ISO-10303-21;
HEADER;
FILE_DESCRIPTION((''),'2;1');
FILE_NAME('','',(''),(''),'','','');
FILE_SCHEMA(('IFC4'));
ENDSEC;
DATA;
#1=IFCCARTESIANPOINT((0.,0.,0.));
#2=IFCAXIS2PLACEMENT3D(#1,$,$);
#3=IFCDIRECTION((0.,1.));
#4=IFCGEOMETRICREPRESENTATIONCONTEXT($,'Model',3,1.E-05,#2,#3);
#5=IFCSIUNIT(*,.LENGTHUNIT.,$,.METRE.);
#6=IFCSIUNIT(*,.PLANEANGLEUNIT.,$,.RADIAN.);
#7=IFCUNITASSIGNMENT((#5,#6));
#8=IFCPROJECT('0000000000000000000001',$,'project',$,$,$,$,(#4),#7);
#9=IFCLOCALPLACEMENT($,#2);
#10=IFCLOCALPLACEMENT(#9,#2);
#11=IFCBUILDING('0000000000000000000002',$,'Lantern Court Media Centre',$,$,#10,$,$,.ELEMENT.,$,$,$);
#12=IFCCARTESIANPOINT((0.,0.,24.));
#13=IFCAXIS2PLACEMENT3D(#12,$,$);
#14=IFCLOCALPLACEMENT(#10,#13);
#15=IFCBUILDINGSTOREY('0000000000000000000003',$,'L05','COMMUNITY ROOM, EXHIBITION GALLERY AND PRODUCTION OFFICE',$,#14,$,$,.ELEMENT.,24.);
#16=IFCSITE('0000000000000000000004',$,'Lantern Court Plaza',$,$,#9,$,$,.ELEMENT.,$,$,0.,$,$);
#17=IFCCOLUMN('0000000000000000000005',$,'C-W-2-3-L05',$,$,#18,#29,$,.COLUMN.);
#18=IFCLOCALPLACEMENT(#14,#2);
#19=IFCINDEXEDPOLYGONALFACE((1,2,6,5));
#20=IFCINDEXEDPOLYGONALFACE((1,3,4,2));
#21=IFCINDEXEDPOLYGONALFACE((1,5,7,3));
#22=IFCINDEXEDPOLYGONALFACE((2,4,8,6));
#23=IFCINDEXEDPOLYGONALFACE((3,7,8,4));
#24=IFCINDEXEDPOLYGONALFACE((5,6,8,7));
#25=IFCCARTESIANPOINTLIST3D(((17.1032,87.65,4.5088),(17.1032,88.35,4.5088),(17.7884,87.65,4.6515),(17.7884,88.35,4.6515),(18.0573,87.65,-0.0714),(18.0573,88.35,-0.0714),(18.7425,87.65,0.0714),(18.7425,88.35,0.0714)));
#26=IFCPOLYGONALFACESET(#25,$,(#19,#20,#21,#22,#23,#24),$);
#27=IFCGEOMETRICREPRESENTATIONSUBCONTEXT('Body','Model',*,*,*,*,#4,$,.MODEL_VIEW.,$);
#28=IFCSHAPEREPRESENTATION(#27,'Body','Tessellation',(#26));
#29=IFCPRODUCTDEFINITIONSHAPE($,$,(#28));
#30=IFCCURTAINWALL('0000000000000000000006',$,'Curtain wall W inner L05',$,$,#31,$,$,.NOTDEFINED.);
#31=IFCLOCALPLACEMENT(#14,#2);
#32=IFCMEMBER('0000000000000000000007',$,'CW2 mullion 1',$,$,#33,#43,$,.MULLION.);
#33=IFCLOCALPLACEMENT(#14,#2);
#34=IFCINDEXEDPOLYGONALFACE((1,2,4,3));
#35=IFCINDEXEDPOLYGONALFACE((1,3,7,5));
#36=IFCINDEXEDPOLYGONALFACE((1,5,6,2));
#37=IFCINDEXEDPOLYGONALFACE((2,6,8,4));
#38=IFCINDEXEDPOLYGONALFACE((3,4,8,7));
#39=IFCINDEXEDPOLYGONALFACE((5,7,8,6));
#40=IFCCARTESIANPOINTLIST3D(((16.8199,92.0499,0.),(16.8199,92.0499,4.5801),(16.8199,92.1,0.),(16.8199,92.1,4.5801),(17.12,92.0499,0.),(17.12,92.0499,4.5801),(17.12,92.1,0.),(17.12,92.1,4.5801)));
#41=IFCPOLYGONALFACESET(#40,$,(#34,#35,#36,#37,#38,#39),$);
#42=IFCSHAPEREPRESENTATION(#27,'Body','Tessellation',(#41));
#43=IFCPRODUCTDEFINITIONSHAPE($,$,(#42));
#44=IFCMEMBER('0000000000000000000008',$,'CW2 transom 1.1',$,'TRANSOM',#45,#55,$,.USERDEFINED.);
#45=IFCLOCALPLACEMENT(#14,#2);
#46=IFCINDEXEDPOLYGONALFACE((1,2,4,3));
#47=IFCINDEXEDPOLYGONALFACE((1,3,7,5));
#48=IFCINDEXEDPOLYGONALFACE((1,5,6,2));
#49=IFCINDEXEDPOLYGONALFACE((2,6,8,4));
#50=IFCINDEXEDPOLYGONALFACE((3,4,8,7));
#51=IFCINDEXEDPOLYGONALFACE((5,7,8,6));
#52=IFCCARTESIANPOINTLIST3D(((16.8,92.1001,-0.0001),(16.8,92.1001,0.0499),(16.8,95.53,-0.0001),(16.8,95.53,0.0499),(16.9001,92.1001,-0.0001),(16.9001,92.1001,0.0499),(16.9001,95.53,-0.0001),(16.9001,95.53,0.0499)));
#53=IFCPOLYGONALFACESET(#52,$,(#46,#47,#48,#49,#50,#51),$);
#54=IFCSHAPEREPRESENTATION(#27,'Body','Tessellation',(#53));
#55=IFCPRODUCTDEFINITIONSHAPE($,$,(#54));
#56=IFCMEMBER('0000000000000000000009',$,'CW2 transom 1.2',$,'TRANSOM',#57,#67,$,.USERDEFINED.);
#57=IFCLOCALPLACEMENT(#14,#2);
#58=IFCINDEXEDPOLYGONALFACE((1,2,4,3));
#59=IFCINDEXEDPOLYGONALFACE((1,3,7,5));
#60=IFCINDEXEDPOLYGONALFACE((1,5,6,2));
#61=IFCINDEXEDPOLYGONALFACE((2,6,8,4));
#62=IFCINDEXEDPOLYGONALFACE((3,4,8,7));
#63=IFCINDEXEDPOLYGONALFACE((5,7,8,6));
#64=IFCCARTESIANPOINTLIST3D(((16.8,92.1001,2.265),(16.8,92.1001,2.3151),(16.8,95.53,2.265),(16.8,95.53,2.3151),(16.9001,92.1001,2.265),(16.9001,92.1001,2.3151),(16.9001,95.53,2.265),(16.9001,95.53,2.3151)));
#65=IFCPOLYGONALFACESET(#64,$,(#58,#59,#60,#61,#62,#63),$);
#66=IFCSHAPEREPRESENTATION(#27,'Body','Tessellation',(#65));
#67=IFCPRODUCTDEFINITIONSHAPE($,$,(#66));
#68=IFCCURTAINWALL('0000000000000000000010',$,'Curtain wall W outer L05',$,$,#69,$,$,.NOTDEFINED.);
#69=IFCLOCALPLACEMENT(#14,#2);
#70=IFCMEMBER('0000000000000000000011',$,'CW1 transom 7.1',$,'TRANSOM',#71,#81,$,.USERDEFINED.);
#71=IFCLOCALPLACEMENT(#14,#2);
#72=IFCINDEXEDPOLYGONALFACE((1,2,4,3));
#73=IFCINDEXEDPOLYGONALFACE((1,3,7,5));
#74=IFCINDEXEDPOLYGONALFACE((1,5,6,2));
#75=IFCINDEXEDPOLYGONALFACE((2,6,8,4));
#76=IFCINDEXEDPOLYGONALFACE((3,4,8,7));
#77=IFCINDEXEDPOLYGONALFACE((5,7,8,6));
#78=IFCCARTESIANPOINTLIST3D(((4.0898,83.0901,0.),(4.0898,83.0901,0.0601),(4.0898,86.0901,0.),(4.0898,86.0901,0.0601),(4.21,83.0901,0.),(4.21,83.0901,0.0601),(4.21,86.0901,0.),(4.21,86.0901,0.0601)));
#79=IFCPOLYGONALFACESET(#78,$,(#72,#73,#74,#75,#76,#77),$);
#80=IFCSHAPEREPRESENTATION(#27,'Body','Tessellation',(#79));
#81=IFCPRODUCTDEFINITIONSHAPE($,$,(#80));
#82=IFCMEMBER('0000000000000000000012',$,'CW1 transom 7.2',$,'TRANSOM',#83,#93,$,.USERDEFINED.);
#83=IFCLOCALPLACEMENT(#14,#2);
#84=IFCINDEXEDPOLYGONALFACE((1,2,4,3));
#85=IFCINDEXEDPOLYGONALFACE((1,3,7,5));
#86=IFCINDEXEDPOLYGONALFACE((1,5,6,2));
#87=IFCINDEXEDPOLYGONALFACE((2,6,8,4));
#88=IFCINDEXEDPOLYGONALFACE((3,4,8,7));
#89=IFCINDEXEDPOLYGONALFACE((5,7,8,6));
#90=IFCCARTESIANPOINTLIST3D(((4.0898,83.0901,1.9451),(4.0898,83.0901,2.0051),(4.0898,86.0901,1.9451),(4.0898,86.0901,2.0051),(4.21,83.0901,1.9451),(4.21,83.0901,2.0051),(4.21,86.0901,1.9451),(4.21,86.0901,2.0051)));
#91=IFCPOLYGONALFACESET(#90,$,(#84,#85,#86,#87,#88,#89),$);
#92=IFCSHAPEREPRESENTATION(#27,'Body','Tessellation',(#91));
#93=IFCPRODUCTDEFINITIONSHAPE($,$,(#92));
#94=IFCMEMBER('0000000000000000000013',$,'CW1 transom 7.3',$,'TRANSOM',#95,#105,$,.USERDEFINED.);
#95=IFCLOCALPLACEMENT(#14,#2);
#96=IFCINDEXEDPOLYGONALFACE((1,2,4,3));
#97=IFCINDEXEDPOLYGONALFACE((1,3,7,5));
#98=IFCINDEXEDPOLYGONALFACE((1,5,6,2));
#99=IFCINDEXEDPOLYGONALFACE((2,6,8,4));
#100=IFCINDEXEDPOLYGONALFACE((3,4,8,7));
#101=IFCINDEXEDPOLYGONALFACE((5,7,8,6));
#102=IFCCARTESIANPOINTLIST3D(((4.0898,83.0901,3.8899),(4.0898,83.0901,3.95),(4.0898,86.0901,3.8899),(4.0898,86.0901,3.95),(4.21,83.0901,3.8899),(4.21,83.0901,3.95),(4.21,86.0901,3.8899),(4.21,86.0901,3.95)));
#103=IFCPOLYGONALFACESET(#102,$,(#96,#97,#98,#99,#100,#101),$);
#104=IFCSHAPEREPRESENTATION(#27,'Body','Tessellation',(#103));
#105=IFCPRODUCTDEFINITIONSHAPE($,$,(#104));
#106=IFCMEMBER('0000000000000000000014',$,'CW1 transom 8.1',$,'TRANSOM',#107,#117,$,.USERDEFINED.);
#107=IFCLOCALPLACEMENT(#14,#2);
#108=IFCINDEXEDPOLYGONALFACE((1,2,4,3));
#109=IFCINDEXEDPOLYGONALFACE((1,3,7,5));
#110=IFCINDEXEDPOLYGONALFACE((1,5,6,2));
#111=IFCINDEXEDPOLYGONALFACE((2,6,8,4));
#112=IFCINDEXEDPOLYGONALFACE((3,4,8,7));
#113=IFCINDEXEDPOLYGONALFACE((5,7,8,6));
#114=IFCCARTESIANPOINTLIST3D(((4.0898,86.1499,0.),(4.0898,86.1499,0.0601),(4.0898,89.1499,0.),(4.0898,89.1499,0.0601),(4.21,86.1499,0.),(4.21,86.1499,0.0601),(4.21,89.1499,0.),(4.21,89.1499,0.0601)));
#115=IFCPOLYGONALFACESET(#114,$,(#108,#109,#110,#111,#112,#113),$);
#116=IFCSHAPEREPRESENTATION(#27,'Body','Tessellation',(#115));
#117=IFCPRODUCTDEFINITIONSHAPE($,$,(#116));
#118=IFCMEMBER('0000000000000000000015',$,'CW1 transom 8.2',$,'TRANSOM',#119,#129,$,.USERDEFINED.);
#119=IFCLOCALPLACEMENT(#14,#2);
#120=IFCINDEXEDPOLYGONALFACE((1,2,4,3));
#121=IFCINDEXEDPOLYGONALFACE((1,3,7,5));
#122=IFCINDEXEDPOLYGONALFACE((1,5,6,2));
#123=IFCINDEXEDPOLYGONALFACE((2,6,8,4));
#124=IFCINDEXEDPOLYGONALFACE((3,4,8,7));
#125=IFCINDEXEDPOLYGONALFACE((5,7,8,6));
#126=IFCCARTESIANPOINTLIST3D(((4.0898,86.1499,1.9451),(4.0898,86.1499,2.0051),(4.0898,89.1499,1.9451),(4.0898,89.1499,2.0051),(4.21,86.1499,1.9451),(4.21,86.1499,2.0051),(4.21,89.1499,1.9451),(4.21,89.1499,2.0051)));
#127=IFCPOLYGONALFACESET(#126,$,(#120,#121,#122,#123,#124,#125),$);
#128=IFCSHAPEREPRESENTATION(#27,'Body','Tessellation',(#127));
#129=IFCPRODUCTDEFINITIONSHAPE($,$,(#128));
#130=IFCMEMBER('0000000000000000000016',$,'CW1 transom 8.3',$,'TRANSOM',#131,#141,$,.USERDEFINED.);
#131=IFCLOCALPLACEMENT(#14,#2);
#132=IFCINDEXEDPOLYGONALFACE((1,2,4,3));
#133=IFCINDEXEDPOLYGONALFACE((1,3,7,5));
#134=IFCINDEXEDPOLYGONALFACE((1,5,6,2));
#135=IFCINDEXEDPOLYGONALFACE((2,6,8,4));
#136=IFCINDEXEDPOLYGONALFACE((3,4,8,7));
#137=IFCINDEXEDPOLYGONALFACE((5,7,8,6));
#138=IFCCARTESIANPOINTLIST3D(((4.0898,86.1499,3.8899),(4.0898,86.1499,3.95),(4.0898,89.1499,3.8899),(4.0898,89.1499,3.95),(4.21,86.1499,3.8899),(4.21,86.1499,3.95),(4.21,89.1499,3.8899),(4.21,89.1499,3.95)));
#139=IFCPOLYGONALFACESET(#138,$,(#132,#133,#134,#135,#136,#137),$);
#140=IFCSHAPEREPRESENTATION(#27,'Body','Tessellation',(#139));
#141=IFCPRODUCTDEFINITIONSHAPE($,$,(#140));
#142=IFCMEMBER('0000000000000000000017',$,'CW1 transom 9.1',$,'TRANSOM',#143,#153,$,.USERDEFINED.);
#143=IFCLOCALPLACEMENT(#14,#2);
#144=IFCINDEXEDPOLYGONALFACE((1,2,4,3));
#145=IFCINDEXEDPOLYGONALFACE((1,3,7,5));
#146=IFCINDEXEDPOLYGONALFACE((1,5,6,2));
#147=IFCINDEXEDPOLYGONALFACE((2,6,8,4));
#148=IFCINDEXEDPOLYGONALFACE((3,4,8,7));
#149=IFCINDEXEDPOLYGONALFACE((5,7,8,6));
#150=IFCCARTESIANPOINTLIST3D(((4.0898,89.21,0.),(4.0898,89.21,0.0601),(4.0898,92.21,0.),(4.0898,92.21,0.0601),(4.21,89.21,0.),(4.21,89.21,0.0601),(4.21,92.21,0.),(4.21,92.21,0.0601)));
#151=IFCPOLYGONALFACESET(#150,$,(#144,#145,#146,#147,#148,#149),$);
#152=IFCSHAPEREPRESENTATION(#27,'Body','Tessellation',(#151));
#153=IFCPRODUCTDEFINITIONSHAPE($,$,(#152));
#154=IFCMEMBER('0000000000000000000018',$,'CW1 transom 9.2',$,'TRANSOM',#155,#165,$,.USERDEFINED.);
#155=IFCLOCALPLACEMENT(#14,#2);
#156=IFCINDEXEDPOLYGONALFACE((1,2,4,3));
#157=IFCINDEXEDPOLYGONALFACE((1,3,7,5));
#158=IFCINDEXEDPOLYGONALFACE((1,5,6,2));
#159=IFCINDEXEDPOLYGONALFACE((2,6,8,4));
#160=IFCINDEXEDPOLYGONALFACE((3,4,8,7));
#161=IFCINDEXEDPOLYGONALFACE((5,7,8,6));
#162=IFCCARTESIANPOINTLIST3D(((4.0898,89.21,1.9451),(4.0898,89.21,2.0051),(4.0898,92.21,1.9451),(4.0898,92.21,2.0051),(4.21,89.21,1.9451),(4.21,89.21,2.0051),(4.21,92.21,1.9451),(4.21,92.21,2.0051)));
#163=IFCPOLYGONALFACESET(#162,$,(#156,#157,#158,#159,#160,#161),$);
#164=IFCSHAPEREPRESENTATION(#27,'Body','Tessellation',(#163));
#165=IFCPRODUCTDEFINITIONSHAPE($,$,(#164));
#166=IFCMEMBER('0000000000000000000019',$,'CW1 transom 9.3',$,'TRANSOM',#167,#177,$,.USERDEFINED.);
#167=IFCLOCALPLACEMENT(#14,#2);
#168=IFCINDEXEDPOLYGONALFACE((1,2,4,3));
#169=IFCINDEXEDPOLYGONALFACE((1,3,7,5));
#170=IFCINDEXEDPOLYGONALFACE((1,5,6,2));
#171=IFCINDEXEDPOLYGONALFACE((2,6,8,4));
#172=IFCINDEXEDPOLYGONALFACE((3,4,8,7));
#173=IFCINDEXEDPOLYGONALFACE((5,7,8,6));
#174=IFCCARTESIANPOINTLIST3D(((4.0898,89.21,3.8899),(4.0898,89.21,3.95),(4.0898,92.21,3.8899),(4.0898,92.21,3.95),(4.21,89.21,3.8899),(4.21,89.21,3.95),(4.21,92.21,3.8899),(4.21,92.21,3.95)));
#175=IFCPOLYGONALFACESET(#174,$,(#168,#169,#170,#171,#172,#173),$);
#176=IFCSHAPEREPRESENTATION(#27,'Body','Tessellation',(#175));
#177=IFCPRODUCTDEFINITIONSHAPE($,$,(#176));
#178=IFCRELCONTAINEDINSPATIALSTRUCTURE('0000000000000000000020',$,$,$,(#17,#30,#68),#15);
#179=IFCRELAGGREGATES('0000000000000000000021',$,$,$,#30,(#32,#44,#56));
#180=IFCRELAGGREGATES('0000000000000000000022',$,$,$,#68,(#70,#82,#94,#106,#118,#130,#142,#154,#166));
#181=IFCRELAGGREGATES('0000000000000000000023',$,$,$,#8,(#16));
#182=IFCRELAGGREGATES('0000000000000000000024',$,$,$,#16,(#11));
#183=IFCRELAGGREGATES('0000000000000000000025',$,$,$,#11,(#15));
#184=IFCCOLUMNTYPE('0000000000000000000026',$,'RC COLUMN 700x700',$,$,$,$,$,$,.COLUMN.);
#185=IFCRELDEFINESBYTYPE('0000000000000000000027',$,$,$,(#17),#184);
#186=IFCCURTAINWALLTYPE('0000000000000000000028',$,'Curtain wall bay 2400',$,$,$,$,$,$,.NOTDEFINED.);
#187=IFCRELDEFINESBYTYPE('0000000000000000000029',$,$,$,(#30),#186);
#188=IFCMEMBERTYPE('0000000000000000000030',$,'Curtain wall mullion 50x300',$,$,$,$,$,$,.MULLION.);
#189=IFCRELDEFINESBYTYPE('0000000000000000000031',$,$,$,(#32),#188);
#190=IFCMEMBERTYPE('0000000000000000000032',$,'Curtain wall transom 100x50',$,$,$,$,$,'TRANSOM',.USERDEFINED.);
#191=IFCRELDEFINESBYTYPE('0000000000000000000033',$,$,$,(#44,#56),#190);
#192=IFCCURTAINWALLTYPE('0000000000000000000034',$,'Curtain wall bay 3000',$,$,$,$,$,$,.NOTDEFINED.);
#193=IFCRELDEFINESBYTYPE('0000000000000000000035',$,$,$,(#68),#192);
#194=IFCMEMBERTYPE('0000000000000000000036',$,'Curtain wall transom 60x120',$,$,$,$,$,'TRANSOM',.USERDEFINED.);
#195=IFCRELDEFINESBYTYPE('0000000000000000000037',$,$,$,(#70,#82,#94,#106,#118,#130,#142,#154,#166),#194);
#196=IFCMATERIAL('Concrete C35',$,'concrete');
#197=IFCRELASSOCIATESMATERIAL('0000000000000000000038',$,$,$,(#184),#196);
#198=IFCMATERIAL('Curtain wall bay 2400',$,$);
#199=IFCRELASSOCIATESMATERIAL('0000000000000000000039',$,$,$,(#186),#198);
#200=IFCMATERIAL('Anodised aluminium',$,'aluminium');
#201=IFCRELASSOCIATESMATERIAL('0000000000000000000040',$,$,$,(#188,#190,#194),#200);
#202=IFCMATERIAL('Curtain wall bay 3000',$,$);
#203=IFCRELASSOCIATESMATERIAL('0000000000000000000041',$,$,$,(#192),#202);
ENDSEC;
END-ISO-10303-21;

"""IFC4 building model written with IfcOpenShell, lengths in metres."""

from ifc_helpers import new_model, si_unit, direction, frame, origin, origin_2d, place, context, subcontext, project, spatial, rectangle, extrude, material, material_profile, profile_set, type_object, element, aggregate, save


model = new_model("IFC4")

# Units and contexts
model_context = context("Model", 3, precision=1e-05, world=origin(), true_north=direction((0.0, 1.0)))
body_context = subcontext(model_context, "Body", "Model", "MODEL_VIEW")
ifc_project = project(units=[si_unit("LENGTHUNIT", "METRE"), si_unit("PLANEANGLEUNIT", "RADIAN")], contexts=[model_context])

# Site, building, storey
site_placement = place(None, origin())
site = spatial("IfcSite", under=ifc_project, at=site_placement, Name="Lantern Court Plaza", CompositionType="ELEMENT", RefElevation=0.0)
building_placement = place(site_placement, origin())
building = spatial("IfcBuilding", under=site, at=building_placement, Name="Lantern Court Media Centre", CompositionType="ELEMENT")
storey_placement = place(building_placement, frame((0.0, 0.0, 24.0)))
storey = spatial("IfcBuildingStorey", under=building, at=storey_placement, Name="L05", Description="COMMUNITY ROOM, EXHIBITION GALLERY AND PRODUCTION OFFICE", CompositionType="ELEMENT", Elevation=24.0)

# Column
ifc_material_1 = material(Name="Concrete C35", Category="concrete")
ifc_material_profile_1 = material_profile(ifc_material_1, rectangle(XDim=0.7, YDim=0.7, at=origin_2d()), Name="RC 700x700")
ifc_profile_set_1 = profile_set([ifc_material_profile_1], Name="Concrete C35")
column_type = type_object("IfcColumnType", Name="RC COLUMN 700x700", PredefinedType="COLUMN", material=ifc_profile_set_1)
column_placement = place(storey_placement, frame((18.3999, 88.0, 0.0), z_axis=(-0.203938, 0.0, 0.978984), x_axis=(0.0, -1.0, 0.0)))
element("IfcColumn", 1, at=column_placement, inside=storey, type_object=column_type, Name="C-W-2-3-L05", PredefinedType="COLUMN", context=body_context, shape_type="SweptSolid", body=[
    extrude(rectangle(XDim=0.7, YDim=0.7, at=origin_2d()), origin(), (0.0, 0.0, 1.0), 4.6785),
])

# Curtain walls, members
ifc_material_2 = material(Name="Curtain wall bay 2400")
curtain_wall_type_1 = type_object("IfcCurtainWallType", Name="Curtain wall bay 2400", PredefinedType="NOTDEFINED", material=ifc_material_2)
curtain_wall_1_placement = place(storey_placement, origin())
curtain_wall_1 = element("IfcCurtainWall", 2, at=curtain_wall_1_placement, inside=storey, type_object=curtain_wall_type_1, Name="Curtain wall W inner L05", PredefinedType="NOTDEFINED")
ifc_material_3 = material(Name="Anodised aluminium", Category="aluminium")
ifc_material_profile_2 = material_profile(ifc_material_3, rectangle(XDim=0.3, YDim=0.05, at=origin_2d()), Name="AL 50x300")
ifc_profile_set_2 = profile_set([ifc_material_profile_2], Name="Anodised aluminium")
member_type_1 = type_object("IfcMemberType", Name="Curtain wall mullion 50x300", PredefinedType="MULLION", material=ifc_profile_set_2)
member_1_placement = place(storey_placement, frame((16.97, 92.075, 0.0), z_axis=(0.0, 0.0, 1.0), x_axis=(-1.0, 0.0, 0.0)))
member_1 = element("IfcMember", 3, at=member_1_placement, type_object=member_type_1, Name="CW2 mullion 1", PredefinedType="MULLION", context=body_context, shape_type="SweptSolid", body=[
    extrude(rectangle(XDim=0.3, YDim=0.05, at=origin_2d()), origin(), (0.0, 0.0, 1.0), 4.5801),
])
ifc_material_profile_3 = material_profile(ifc_material_3, rectangle(XDim=0.1001, YDim=0.05, at=origin_2d()), Name="AL 50x100")
ifc_profile_set_3 = profile_set([ifc_material_profile_3], Name="Anodised aluminium")
member_type_2 = type_object("IfcMemberType", Name="Curtain wall transom 100x50", ElementType="TRANSOM", PredefinedType="USERDEFINED", material=ifc_profile_set_3)
member_2_placement = place(storey_placement, frame((16.8501, 92.1001, 0.0249), z_axis=(0.0, 1.0, 0.0), x_axis=(-1.0, 0.0, 0.0)))
member_2 = element("IfcMember", 4, at=member_2_placement, type_object=member_type_2, Name="CW2 transom 1.1", ObjectType="TRANSOM", PredefinedType="USERDEFINED", context=body_context, shape_type="SweptSolid", body=[
    extrude(rectangle(XDim=0.1001, YDim=0.05, at=origin_2d()), origin(), (0.0, 0.0, 1.0), 3.4299),
])
member_3_placement = place(storey_placement, frame((16.8501, 92.1001, 2.29), z_axis=(0.0, 1.0, 0.0), x_axis=(-1.0, 0.0, 0.0)))
member_3 = element("IfcMember", 5, at=member_3_placement, type_object=member_type_2, Name="CW2 transom 1.2", ObjectType="TRANSOM", PredefinedType="USERDEFINED", context=body_context, shape_type="SweptSolid", body=[
    extrude(rectangle(XDim=0.1001, YDim=0.05, at=origin_2d()), origin(), (0.0, 0.0, 1.0), 3.4299),
])
aggregate(curtain_wall_1, [member_1, member_2, member_3])
ifc_material_4 = material(Name="Curtain wall bay 3000")
curtain_wall_type_2 = type_object("IfcCurtainWallType", Name="Curtain wall bay 3000", PredefinedType="NOTDEFINED", material=ifc_material_4)
curtain_wall_2_placement = place(storey_placement, origin())
curtain_wall_2 = element("IfcCurtainWall", 6, at=curtain_wall_2_placement, inside=storey, type_object=curtain_wall_type_2, Name="Curtain wall W outer L05", PredefinedType="NOTDEFINED")
ifc_material_profile_4 = material_profile(ifc_material_3, rectangle(XDim=0.1201, YDim=0.0601, at=origin_2d()), Name="AL 60x120")
ifc_profile_set_4 = profile_set([ifc_material_profile_4], Name="Anodised aluminium")
member_type_3 = type_object("IfcMemberType", Name="Curtain wall transom 60x120", ElementType="TRANSOM", PredefinedType="USERDEFINED", material=ifc_profile_set_4)
member_4_placement = place(storey_placement, frame((4.1499, 83.0901, 0.03), z_axis=(0.0, 1.0, 0.0), x_axis=(-1.0, 0.0, 0.0)))
member_4 = element("IfcMember", 7, at=member_4_placement, type_object=member_type_3, Name="CW1 transom 7.1", ObjectType="TRANSOM", PredefinedType="USERDEFINED", context=body_context, shape_type="SweptSolid", body=[
    extrude(rectangle(XDim=0.1201, YDim=0.0601, at=origin_2d()), origin(), (0.0, 0.0, 1.0), 3.0),
])
member_5_placement = place(storey_placement, frame((4.1499, 83.0901, 1.9751), z_axis=(0.0, 1.0, 0.0), x_axis=(-1.0, 0.0, 0.0)))
member_5 = element("IfcMember", 8, at=member_5_placement, type_object=member_type_3, Name="CW1 transom 7.2", ObjectType="TRANSOM", PredefinedType="USERDEFINED", context=body_context, shape_type="SweptSolid", body=[
    extrude(rectangle(XDim=0.1201, YDim=0.0601, at=origin_2d()), origin(), (0.0, 0.0, 1.0), 3.0),
])
member_6_placement = place(storey_placement, frame((4.1499, 83.0901, 3.9199), z_axis=(0.0, 1.0, 0.0), x_axis=(-1.0, 0.0, 0.0)))
member_6 = element("IfcMember", 9, at=member_6_placement, type_object=member_type_3, Name="CW1 transom 7.3", ObjectType="TRANSOM", PredefinedType="USERDEFINED", context=body_context, shape_type="SweptSolid", body=[
    extrude(rectangle(XDim=0.1201, YDim=0.0601, at=origin_2d()), origin(), (0.0, 0.0, 1.0), 3.0),
])
member_7_placement = place(storey_placement, frame((4.1499, 86.1499, 0.03), z_axis=(0.0, 1.0, 0.0), x_axis=(-1.0, 0.0, 0.0)))
member_7 = element("IfcMember", 10, at=member_7_placement, type_object=member_type_3, Name="CW1 transom 8.1", ObjectType="TRANSOM", PredefinedType="USERDEFINED", context=body_context, shape_type="SweptSolid", body=[
    extrude(rectangle(XDim=0.1201, YDim=0.0601, at=origin_2d()), origin(), (0.0, 0.0, 1.0), 3.0),
])
member_8_placement = place(storey_placement, frame((4.1499, 86.1499, 1.9751), z_axis=(0.0, 1.0, 0.0), x_axis=(-1.0, 0.0, 0.0)))
member_8 = element("IfcMember", 11, at=member_8_placement, type_object=member_type_3, Name="CW1 transom 8.2", ObjectType="TRANSOM", PredefinedType="USERDEFINED", context=body_context, shape_type="SweptSolid", body=[
    extrude(rectangle(XDim=0.1201, YDim=0.0601, at=origin_2d()), origin(), (0.0, 0.0, 1.0), 3.0),
])
member_9_placement = place(storey_placement, frame((4.1499, 86.1499, 3.9199), z_axis=(0.0, 1.0, 0.0), x_axis=(-1.0, 0.0, 0.0)))
member_9 = element("IfcMember", 12, at=member_9_placement, type_object=member_type_3, Name="CW1 transom 8.3", ObjectType="TRANSOM", PredefinedType="USERDEFINED", context=body_context, shape_type="SweptSolid", body=[
    extrude(rectangle(XDim=0.1201, YDim=0.0601, at=origin_2d()), origin(), (0.0, 0.0, 1.0), 3.0),
])
member_10_placement = place(storey_placement, frame((4.1499, 89.21, 0.03), z_axis=(0.0, 1.0, 0.0), x_axis=(-1.0, 0.0, 0.0)))
member_10 = element("IfcMember", 13, at=member_10_placement, type_object=member_type_3, Name="CW1 transom 9.1", ObjectType="TRANSOM", PredefinedType="USERDEFINED", context=body_context, shape_type="SweptSolid", body=[
    extrude(rectangle(XDim=0.1201, YDim=0.0601, at=origin_2d()), origin(), (0.0, 0.0, 1.0), 3.0),
])
member_11_placement = place(storey_placement, frame((4.1499, 89.21, 1.9751), z_axis=(0.0, 1.0, 0.0), x_axis=(-1.0, 0.0, 0.0)))
member_11 = element("IfcMember", 14, at=member_11_placement, type_object=member_type_3, Name="CW1 transom 9.2", ObjectType="TRANSOM", PredefinedType="USERDEFINED", context=body_context, shape_type="SweptSolid", body=[
    extrude(rectangle(XDim=0.1201, YDim=0.0601, at=origin_2d()), origin(), (0.0, 0.0, 1.0), 3.0),
])
member_12_placement = place(storey_placement, frame((4.1499, 89.21, 3.9199), z_axis=(0.0, 1.0, 0.0), x_axis=(-1.0, 0.0, 0.0)))
member_12 = element("IfcMember", 15, at=member_12_placement, type_object=member_type_3, Name="CW1 transom 9.3", ObjectType="TRANSOM", PredefinedType="USERDEFINED", context=body_context, shape_type="SweptSolid", body=[
    extrude(rectangle(XDim=0.1201, YDim=0.0601, at=origin_2d()), origin(), (0.0, 0.0, 1.0), 3.0),
])

aggregate(curtain_wall_2, [member_4, member_5, member_6, member_7, member_8, member_9, member_10, member_11, member_12])

save(model, "model.ifc")
